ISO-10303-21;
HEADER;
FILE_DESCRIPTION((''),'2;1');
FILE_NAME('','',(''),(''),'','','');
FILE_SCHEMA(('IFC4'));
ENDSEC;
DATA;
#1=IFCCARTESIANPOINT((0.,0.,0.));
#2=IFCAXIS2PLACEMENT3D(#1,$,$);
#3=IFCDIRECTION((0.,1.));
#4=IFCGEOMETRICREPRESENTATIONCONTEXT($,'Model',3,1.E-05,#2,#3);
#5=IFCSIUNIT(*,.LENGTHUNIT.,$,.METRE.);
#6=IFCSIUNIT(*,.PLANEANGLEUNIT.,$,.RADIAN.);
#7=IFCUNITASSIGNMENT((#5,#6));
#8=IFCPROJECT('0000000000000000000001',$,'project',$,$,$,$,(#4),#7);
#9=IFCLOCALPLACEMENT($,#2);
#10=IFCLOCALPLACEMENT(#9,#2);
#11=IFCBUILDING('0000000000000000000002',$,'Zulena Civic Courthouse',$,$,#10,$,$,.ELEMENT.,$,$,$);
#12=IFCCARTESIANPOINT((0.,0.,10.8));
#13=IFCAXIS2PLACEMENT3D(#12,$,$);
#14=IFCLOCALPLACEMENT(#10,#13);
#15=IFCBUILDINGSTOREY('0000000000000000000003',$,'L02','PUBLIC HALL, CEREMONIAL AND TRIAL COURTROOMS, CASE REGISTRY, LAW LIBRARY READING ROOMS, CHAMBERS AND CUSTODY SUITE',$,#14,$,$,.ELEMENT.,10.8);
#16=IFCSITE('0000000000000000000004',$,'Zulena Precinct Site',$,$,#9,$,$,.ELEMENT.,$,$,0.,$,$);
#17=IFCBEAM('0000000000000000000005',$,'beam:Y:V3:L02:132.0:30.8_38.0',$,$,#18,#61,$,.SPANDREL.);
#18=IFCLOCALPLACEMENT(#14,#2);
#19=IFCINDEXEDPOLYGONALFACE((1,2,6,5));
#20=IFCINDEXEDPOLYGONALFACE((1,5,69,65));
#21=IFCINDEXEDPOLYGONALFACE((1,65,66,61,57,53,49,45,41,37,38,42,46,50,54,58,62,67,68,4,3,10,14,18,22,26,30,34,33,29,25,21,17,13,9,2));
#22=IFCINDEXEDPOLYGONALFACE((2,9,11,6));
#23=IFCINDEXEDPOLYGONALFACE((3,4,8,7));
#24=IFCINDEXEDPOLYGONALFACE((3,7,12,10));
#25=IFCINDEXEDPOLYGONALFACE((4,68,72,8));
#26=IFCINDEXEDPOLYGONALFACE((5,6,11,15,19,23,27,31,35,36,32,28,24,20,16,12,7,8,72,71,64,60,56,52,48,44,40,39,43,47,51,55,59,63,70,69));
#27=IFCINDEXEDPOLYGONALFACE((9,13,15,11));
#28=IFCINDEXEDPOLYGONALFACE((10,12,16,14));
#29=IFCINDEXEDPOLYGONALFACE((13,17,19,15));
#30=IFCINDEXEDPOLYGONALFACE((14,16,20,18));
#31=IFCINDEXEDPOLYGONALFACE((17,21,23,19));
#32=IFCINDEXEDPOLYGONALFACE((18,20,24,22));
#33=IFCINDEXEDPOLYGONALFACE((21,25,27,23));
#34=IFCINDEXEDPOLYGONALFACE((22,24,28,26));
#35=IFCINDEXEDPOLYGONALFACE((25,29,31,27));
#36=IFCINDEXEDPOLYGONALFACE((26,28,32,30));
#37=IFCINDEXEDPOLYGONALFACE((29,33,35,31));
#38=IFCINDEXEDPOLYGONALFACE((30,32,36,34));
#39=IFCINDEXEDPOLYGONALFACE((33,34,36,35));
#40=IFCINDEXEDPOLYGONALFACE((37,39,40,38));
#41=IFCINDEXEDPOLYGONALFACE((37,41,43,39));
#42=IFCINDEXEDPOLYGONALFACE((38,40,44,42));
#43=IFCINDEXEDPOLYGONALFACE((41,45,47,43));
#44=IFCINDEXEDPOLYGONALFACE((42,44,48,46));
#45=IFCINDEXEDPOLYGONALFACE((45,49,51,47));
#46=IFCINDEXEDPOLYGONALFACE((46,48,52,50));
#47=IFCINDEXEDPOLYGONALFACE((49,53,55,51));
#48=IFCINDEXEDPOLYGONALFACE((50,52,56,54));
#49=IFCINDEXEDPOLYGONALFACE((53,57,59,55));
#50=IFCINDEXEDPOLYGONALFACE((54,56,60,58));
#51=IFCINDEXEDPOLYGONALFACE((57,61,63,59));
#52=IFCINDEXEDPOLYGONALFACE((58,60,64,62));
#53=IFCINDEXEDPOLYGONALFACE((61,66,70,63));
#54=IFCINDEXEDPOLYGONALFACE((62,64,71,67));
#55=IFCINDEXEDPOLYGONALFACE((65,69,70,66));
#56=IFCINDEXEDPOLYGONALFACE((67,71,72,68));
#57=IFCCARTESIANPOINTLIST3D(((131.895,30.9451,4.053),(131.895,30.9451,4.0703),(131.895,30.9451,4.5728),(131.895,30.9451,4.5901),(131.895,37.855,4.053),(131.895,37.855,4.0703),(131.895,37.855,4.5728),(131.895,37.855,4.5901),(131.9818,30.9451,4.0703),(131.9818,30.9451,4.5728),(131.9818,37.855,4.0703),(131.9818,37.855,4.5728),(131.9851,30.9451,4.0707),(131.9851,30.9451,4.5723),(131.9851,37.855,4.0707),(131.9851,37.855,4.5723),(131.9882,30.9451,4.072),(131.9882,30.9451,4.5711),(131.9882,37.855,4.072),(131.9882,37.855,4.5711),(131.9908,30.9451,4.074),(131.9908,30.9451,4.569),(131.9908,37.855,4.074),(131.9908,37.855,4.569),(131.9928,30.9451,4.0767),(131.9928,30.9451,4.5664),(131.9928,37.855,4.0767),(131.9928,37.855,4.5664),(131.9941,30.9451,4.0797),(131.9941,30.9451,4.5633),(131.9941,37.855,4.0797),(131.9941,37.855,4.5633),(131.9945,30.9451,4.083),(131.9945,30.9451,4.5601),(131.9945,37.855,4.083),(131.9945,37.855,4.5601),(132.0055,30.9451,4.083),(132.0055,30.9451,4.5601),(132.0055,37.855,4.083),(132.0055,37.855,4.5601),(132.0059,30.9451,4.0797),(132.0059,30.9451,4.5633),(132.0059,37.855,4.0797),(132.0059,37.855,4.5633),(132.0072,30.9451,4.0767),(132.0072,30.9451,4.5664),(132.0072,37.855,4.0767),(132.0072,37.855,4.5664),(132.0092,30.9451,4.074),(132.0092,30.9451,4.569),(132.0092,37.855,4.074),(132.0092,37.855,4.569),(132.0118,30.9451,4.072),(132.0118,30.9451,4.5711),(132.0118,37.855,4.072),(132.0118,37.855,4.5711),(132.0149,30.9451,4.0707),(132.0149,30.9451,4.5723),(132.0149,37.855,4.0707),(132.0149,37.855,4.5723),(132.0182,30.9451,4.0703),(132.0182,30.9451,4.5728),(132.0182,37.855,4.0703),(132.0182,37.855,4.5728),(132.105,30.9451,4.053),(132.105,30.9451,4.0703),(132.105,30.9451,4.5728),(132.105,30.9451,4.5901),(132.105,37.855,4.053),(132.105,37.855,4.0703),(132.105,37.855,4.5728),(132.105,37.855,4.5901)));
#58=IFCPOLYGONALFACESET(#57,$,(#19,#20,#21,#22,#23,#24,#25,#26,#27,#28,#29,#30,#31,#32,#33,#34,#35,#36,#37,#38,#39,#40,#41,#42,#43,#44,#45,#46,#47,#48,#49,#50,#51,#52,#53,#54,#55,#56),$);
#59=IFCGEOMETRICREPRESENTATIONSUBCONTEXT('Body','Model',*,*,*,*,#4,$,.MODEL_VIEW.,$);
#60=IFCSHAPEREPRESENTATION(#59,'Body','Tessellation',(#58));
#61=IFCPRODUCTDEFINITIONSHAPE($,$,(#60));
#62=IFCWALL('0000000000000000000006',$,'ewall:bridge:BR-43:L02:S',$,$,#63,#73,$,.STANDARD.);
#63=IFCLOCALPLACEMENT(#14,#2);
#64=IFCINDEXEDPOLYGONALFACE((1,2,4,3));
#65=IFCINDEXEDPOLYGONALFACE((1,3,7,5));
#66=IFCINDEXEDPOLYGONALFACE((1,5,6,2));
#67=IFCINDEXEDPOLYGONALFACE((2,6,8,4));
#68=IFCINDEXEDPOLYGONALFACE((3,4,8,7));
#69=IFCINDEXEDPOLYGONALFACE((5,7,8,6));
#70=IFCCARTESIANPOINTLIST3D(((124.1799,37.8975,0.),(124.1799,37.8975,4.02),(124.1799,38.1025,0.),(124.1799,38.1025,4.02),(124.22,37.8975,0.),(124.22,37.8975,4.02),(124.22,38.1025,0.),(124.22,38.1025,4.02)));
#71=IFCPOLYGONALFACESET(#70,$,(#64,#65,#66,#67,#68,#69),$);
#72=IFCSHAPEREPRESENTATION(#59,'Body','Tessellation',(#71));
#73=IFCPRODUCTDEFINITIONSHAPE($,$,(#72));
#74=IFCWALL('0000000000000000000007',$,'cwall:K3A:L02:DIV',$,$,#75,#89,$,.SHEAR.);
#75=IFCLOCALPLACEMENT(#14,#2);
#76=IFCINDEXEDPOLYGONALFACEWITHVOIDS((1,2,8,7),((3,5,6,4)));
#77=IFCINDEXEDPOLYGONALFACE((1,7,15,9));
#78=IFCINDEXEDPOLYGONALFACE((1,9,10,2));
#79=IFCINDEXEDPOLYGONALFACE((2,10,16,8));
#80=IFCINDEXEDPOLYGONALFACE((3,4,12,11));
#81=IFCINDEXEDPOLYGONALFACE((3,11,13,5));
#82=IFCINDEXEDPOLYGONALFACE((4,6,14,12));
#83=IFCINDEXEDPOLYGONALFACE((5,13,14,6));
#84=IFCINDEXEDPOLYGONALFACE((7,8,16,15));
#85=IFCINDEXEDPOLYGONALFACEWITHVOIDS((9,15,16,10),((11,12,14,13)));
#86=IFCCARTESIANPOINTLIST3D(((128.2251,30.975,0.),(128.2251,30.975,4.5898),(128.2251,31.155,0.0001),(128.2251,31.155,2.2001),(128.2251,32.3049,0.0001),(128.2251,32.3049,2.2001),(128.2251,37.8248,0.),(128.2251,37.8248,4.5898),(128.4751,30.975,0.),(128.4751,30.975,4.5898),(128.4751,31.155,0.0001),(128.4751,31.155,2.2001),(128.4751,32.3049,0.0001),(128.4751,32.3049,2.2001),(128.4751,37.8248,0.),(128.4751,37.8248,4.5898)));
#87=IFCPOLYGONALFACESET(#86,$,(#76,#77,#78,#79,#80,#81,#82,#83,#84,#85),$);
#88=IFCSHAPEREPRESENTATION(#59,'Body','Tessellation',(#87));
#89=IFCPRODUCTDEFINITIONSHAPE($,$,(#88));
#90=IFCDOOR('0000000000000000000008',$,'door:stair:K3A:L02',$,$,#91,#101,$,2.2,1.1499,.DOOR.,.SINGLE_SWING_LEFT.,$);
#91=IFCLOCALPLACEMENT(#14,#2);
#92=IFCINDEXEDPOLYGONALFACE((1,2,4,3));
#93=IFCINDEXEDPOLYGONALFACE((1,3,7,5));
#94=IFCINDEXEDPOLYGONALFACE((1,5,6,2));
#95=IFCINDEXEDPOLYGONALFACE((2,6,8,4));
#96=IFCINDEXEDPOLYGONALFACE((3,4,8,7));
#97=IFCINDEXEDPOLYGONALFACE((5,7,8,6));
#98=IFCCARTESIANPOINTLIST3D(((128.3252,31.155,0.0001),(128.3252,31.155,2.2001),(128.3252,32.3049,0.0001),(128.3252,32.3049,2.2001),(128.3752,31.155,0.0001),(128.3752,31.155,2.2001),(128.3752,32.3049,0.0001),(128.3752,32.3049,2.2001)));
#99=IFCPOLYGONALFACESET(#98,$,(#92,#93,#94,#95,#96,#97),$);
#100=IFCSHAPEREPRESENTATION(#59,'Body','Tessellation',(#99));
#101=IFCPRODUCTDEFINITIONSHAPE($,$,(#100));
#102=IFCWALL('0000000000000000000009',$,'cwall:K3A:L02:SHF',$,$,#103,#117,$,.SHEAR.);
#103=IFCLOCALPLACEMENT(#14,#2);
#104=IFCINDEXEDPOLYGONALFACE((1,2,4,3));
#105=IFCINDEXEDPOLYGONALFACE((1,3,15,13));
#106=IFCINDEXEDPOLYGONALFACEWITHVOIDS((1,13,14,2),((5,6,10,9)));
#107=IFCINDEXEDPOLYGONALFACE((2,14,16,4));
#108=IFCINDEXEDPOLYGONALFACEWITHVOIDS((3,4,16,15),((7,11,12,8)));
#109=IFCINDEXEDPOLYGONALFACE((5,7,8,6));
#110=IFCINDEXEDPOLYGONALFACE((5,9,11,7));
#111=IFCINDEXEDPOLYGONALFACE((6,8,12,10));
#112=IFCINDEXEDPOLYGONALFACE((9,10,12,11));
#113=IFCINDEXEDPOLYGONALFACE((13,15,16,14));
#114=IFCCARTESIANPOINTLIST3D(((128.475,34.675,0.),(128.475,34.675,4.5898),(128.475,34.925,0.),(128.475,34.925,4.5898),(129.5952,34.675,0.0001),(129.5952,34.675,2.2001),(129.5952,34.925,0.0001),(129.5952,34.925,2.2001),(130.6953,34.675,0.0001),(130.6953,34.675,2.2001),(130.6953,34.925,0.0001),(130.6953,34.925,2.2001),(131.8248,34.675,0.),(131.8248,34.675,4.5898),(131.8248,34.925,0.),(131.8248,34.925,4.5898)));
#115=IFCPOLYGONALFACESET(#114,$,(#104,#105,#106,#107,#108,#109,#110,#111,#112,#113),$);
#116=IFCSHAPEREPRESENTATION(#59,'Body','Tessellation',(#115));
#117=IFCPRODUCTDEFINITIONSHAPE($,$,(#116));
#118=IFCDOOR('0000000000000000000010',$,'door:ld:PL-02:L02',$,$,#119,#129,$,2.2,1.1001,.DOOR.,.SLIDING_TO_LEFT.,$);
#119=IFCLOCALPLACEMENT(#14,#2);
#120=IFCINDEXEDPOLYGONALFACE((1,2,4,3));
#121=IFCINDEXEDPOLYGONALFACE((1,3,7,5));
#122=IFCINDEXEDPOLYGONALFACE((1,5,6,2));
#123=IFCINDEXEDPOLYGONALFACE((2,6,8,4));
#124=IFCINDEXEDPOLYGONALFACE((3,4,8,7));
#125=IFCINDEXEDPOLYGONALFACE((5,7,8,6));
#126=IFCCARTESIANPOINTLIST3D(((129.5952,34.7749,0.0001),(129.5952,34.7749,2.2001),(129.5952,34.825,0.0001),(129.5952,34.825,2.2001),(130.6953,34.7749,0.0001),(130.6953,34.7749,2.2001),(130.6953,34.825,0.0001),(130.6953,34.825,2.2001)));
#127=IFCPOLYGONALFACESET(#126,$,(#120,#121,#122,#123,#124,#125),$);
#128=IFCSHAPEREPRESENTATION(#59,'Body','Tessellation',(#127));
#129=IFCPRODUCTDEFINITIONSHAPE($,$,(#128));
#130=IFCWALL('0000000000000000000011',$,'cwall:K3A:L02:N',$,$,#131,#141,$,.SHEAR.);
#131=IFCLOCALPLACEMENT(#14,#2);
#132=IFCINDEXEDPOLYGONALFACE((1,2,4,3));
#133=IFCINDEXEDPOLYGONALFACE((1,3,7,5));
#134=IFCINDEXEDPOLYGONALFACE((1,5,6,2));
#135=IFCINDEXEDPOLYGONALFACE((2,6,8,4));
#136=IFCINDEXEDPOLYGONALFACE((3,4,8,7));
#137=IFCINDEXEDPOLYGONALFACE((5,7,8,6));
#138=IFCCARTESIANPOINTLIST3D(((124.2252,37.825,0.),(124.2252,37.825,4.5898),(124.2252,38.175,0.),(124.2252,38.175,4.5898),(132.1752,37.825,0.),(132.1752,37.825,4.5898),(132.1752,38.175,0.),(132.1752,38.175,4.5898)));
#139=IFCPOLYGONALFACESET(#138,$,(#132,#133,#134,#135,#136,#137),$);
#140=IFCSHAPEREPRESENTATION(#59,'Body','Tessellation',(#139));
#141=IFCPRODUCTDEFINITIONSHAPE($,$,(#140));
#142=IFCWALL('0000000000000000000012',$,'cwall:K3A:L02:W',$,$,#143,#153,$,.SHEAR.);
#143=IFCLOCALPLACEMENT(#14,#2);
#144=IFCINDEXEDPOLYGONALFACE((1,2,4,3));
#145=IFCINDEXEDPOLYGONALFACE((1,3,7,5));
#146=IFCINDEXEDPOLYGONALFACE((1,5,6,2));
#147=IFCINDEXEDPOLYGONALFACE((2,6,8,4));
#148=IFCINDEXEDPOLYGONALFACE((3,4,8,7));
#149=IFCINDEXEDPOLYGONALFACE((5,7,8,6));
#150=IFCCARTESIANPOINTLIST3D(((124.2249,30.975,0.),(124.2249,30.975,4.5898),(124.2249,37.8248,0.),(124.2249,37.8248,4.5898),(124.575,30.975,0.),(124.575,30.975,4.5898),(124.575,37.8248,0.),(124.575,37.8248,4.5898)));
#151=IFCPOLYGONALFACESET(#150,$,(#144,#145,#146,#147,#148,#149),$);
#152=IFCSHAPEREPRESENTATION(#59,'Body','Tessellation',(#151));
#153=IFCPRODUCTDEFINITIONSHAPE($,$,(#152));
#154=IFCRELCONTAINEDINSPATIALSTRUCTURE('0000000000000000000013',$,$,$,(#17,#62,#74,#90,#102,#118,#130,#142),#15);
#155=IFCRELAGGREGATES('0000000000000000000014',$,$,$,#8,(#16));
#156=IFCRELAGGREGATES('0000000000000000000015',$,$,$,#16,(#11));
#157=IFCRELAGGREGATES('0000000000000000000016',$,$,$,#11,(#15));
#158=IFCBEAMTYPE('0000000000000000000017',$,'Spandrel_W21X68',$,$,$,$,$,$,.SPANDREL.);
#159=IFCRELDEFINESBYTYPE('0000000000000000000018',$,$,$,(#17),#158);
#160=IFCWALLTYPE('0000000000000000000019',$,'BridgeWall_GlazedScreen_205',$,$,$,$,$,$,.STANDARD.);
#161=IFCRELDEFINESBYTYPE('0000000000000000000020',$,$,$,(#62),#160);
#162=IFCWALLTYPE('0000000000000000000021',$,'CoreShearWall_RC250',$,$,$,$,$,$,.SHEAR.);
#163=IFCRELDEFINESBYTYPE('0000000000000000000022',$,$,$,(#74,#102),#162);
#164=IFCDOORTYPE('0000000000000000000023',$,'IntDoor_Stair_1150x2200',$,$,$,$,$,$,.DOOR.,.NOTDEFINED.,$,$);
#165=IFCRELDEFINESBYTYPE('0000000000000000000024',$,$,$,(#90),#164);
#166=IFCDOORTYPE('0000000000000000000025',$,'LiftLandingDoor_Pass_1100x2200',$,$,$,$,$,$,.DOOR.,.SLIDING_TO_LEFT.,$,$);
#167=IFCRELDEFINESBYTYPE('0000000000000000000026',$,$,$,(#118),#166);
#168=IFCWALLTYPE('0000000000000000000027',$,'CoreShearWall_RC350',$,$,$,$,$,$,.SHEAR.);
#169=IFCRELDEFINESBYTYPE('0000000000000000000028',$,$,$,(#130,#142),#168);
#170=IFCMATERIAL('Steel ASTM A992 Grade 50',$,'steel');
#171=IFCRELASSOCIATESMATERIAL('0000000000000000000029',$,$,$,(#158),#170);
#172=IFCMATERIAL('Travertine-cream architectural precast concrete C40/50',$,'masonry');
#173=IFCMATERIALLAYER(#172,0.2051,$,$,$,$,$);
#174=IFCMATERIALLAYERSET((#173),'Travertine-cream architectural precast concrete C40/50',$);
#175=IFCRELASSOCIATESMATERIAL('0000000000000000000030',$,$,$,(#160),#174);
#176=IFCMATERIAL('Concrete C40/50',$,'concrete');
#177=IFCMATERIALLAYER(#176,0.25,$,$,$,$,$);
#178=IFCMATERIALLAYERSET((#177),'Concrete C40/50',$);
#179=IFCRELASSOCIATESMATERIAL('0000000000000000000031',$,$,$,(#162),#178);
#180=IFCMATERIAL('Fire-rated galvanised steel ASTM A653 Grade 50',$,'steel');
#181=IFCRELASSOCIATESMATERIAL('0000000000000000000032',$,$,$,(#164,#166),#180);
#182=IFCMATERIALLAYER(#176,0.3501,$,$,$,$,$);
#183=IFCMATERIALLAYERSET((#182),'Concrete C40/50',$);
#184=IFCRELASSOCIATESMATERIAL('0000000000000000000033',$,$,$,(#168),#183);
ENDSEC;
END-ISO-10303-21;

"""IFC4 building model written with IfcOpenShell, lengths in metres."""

from ifc_helpers import new_model, si_unit, direction, frame, frame_2d, origin, origin_2d, place, context, subcontext, project, spatial, rectangle, i_section, extrude, material, layer, layer_set, material_profile, profile_set, type_object, element, fill, save


model = new_model("IFC4")

# Units and contexts
model_context = context("Model", 3, precision=1e-05, world=origin(), true_north=direction((0.0, 1.0)))
body_context = subcontext(model_context, "Body", "Model", "MODEL_VIEW")
ifc_project = project(units=[si_unit("LENGTHUNIT", "METRE"), si_unit("PLANEANGLEUNIT", "RADIAN")], contexts=[model_context])

# Site, building, storey
site_placement = place(None, origin())
site = spatial("IfcSite", under=ifc_project, at=site_placement, Name="Zulena Precinct Site", CompositionType="ELEMENT", RefElevation=0.0)
building_placement = place(site_placement, origin())
building = spatial("IfcBuilding", under=site, at=building_placement, Name="Zulena Civic Courthouse", CompositionType="ELEMENT")
storey_placement = place(building_placement, frame((0.0, 0.0, 10.8)))
storey = spatial("IfcBuildingStorey", under=building, at=storey_placement, Name="L02", Description="PUBLIC HALL, CEREMONIAL AND TRIAL COURTROOMS, CASE REGISTRY, LAW LIBRARY READING ROOMS, CHAMBERS AND CUSTODY SUITE", CompositionType="ELEMENT", Elevation=10.8)

# Shared definitions
ifc_material_1 = material(Name="Steel ASTM A992 Grade 50", Category="steel")

# Beam
ifc_material_profile_1 = material_profile(ifc_material_1, i_section(OverallWidth=0.21, OverallDepth=0.5371, WebThickness=0.011, FlangeThickness=0.0173, FilletRadius=0.0127, at=origin_2d()), Name="W21X68")
ifc_profile_set_1 = profile_set([ifc_material_profile_1], Name="Steel ASTM A992 Grade 50")
beam_type_1 = type_object("IfcBeamType", Name="Spandrel_W21X68", PredefinedType="SPANDREL", material=ifc_profile_set_1)
for number, where, z_axis, x_axis, name in (
    (1, (132.0, 30.9451, 4.3215), (0.0, 1.0, 0.0), (-1.0, 0.0, 0.0), "beam:Y:V3:L02:132.0:30.8_38.0"),
):
    element("IfcBeam", number, at=place(storey_placement, frame(where, z_axis=z_axis, x_axis=x_axis)), inside=storey, type_object=beam_type_1, Name=name, PredefinedType="SPANDREL", context=body_context, shape_type="SweptSolid", body=[
        extrude(i_section(OverallWidth=0.21, OverallDepth=0.5371, WebThickness=0.011, FlangeThickness=0.0173, FilletRadius=0.0127, at=origin_2d()), origin(), (0.0, 0.0, 1.0), 6.9099),
    ])

# Wall
ifc_material_2 = material(Name="Travertine-cream architectural precast concrete C40/50", Category="masonry")
ifc_layer_1 = layer(ifc_material_2, 0.2051)
ifc_layer_set_1 = layer_set([ifc_layer_1], Name="Travertine-cream architectural precast concrete C40/50")
wall_type_1 = type_object("IfcWallType", Name="BridgeWall_GlazedScreen_205", PredefinedType="STANDARD", material=ifc_layer_set_1)
wall_1_placement = place(storey_placement, frame((124.22, 38.0, 0.0), z_axis=(0.0, 0.0, 1.0), x_axis=(-1.0, 0.0, 0.0)))
element("IfcWall", 2, at=wall_1_placement, inside=storey, type_object=wall_type_1, Name="ewall:bridge:BR-43:L02:S", PredefinedType="STANDARD", context=body_context, shape_type="SweptSolid", body=[
    extrude(rectangle(XDim=0.04, YDim=0.2051, at=frame_2d((0.02, 0.0))), origin(), (0.0, 0.0, 1.0), 4.02),
])

# Walls, openings, doors
ifc_material_3 = material(Name="Concrete C40/50", Category="concrete")
ifc_layer_2 = layer(ifc_material_3, 0.25)
ifc_layer_set_2 = layer_set([ifc_layer_2], Name="Concrete C40/50")
wall_type_2 = type_object("IfcWallType", Name="CoreShearWall_RC250", PredefinedType="SHEAR", material=ifc_layer_set_2)
wall_2_placement = place(storey_placement, frame((128.3501, 30.9751, 0.0), z_axis=(0.0, 0.0, 1.0), x_axis=(0.0, 1.0, 0.0)))
wall_2 = element("IfcWall", 3, at=wall_2_placement, inside=storey, type_object=wall_type_2, Name="cwall:K3A:L02:DIV", PredefinedType="SHEAR", context=body_context, shape_type="SweptSolid", body=[
    extrude(rectangle(XDim=6.8499, YDim=0.25, at=frame_2d((3.4248, 0.0))), origin(), (0.0, 0.0, 1.0), 4.5898),
])
opening_1_placement = place(wall_2_placement, frame((0.1799, 0.0, 0.0)))
opening_1 = element("IfcOpeningElement", 4, at=opening_1_placement, cuts=wall_2, PredefinedType="OPENING", context=body_context, shape_type="SweptSolid", body=[
    extrude(rectangle(XDim=1.1499, YDim=2.2, at=frame_2d((0.575, 1.1001))), frame((0.0, 0.135, 0.0), z_axis=(0.0, -1.0, 0.0), x_axis=(1.0, 0.0, 0.0)), (0.0, 0.0, 1.0), 0.27),
])
ifc_material_4 = material(Name="Fire-rated galvanised steel ASTM A653 Grade 50", Category="steel")
door_type_1 = type_object("IfcDoorType", Name="IntDoor_Stair_1150x2200", OperationType="NOTDEFINED", PredefinedType="DOOR", material=ifc_material_4)
door_1_placement = place(opening_1_placement, origin())
door_1 = element("IfcDoor", 5, at=door_1_placement, inside=storey, type_object=door_type_1, Name="door:stair:K3A:L02", OperationType="SINGLE_SWING_LEFT", OverallHeight=2.2, OverallWidth=1.1499, PredefinedType="DOOR", context=body_context, shape_type="SweptSolid", body=[
    extrude(rectangle(XDim=1.1499, YDim=2.2, at=frame_2d((0.575, 1.1001))), frame((0.0, 0.0249, 0.0), z_axis=(0.0, -1.0, 0.0), x_axis=(1.0, 0.0, 0.0)), (0.0, 0.0, 1.0), 0.05),
])
fill(opening_1, door_1)
wall_3_placement = place(storey_placement, frame((128.4751, 34.8, 0.0), z_axis=(0.0, 0.0, 1.0), x_axis=(1.0, 0.0, 0.0)))
wall_3 = element("IfcWall", 6, at=wall_3_placement, inside=storey, type_object=wall_type_2, Name="cwall:K3A:L02:SHF", PredefinedType="SHEAR", context=body_context, shape_type="SweptSolid", body=[
    extrude(rectangle(XDim=3.3499, YDim=0.25, at=frame_2d((1.6748, 0.0))), origin(), (0.0, 0.0, 1.0), 4.5898),
])
opening_2_placement = place(wall_3_placement, frame((1.1201, 0.0, 0.0)))
opening_2 = element("IfcOpeningElement", 7, at=opening_2_placement, cuts=wall_3, PredefinedType="OPENING", context=body_context, shape_type="SweptSolid", body=[
    extrude(rectangle(XDim=1.1001, YDim=2.2, at=frame_2d((0.55, 1.1001))), frame((0.0, 0.135, 0.0), z_axis=(0.0, -1.0, 0.0), x_axis=(1.0, 0.0, 0.0)), (0.0, 0.0, 1.0), 0.27),
])
door_type_2 = type_object("IfcDoorType", Name="LiftLandingDoor_Pass_1100x2200", OperationType="SLIDING_TO_LEFT", PredefinedType="DOOR", material=ifc_material_4)
door_2_placement = place(opening_2_placement, origin())
door_2 = element("IfcDoor", 8, at=door_2_placement, inside=storey, type_object=door_type_2, Name="door:ld:PL-02:L02", OperationType="SLIDING_TO_LEFT", OverallHeight=2.2, OverallWidth=1.1001, PredefinedType="DOOR", context=body_context, shape_type="SweptSolid", body=[
    extrude(rectangle(XDim=1.1001, YDim=2.2, at=frame_2d((0.55, 1.1001))), frame((0.0, 0.0249, 0.0), z_axis=(0.0, -1.0, 0.0), x_axis=(1.0, 0.0, 0.0)), (0.0, 0.0, 1.0), 0.05),
])
fill(opening_2, door_2)

# Walls
ifc_layer_3 = layer(ifc_material_3, 0.3501)
ifc_layer_set_3 = layer_set([ifc_layer_3], Name="Concrete C40/50")
wall_type_3 = type_object("IfcWallType", Name="CoreShearWall_RC350", PredefinedType="SHEAR", material=ifc_layer_set_3)
wall_4_placement = place(storey_placement, frame((124.2251, 38.0, 0.0), z_axis=(0.0, 0.0, 1.0), x_axis=(1.0, 0.0, 0.0)))
element("IfcWall", 9, at=wall_4_placement, inside=storey, type_object=wall_type_3, Name="cwall:K3A:L02:N", PredefinedType="SHEAR", context=body_context, shape_type="SweptSolid", body=[
    extrude(rectangle(XDim=7.95, YDim=0.3501, at=frame_2d((3.9751, 0.0))), origin(), (0.0, 0.0, 1.0), 4.5898),
])
wall_5_placement = place(storey_placement, frame((124.3999, 30.9751, 0.0), z_axis=(0.0, 0.0, 1.0), x_axis=(0.0, 1.0, 0.0)))
element("IfcWall", 10, at=wall_5_placement, inside=storey, type_object=wall_type_3, Name="cwall:K3A:L02:W", PredefinedType="SHEAR", context=body_context, shape_type="SweptSolid", body=[
    extrude(rectangle(XDim=6.8499, YDim=0.3501, at=frame_2d((3.4248, 0.0))), origin(), (0.0, 0.0, 1.0), 4.5898),
])

save(model, "model.ifc")
